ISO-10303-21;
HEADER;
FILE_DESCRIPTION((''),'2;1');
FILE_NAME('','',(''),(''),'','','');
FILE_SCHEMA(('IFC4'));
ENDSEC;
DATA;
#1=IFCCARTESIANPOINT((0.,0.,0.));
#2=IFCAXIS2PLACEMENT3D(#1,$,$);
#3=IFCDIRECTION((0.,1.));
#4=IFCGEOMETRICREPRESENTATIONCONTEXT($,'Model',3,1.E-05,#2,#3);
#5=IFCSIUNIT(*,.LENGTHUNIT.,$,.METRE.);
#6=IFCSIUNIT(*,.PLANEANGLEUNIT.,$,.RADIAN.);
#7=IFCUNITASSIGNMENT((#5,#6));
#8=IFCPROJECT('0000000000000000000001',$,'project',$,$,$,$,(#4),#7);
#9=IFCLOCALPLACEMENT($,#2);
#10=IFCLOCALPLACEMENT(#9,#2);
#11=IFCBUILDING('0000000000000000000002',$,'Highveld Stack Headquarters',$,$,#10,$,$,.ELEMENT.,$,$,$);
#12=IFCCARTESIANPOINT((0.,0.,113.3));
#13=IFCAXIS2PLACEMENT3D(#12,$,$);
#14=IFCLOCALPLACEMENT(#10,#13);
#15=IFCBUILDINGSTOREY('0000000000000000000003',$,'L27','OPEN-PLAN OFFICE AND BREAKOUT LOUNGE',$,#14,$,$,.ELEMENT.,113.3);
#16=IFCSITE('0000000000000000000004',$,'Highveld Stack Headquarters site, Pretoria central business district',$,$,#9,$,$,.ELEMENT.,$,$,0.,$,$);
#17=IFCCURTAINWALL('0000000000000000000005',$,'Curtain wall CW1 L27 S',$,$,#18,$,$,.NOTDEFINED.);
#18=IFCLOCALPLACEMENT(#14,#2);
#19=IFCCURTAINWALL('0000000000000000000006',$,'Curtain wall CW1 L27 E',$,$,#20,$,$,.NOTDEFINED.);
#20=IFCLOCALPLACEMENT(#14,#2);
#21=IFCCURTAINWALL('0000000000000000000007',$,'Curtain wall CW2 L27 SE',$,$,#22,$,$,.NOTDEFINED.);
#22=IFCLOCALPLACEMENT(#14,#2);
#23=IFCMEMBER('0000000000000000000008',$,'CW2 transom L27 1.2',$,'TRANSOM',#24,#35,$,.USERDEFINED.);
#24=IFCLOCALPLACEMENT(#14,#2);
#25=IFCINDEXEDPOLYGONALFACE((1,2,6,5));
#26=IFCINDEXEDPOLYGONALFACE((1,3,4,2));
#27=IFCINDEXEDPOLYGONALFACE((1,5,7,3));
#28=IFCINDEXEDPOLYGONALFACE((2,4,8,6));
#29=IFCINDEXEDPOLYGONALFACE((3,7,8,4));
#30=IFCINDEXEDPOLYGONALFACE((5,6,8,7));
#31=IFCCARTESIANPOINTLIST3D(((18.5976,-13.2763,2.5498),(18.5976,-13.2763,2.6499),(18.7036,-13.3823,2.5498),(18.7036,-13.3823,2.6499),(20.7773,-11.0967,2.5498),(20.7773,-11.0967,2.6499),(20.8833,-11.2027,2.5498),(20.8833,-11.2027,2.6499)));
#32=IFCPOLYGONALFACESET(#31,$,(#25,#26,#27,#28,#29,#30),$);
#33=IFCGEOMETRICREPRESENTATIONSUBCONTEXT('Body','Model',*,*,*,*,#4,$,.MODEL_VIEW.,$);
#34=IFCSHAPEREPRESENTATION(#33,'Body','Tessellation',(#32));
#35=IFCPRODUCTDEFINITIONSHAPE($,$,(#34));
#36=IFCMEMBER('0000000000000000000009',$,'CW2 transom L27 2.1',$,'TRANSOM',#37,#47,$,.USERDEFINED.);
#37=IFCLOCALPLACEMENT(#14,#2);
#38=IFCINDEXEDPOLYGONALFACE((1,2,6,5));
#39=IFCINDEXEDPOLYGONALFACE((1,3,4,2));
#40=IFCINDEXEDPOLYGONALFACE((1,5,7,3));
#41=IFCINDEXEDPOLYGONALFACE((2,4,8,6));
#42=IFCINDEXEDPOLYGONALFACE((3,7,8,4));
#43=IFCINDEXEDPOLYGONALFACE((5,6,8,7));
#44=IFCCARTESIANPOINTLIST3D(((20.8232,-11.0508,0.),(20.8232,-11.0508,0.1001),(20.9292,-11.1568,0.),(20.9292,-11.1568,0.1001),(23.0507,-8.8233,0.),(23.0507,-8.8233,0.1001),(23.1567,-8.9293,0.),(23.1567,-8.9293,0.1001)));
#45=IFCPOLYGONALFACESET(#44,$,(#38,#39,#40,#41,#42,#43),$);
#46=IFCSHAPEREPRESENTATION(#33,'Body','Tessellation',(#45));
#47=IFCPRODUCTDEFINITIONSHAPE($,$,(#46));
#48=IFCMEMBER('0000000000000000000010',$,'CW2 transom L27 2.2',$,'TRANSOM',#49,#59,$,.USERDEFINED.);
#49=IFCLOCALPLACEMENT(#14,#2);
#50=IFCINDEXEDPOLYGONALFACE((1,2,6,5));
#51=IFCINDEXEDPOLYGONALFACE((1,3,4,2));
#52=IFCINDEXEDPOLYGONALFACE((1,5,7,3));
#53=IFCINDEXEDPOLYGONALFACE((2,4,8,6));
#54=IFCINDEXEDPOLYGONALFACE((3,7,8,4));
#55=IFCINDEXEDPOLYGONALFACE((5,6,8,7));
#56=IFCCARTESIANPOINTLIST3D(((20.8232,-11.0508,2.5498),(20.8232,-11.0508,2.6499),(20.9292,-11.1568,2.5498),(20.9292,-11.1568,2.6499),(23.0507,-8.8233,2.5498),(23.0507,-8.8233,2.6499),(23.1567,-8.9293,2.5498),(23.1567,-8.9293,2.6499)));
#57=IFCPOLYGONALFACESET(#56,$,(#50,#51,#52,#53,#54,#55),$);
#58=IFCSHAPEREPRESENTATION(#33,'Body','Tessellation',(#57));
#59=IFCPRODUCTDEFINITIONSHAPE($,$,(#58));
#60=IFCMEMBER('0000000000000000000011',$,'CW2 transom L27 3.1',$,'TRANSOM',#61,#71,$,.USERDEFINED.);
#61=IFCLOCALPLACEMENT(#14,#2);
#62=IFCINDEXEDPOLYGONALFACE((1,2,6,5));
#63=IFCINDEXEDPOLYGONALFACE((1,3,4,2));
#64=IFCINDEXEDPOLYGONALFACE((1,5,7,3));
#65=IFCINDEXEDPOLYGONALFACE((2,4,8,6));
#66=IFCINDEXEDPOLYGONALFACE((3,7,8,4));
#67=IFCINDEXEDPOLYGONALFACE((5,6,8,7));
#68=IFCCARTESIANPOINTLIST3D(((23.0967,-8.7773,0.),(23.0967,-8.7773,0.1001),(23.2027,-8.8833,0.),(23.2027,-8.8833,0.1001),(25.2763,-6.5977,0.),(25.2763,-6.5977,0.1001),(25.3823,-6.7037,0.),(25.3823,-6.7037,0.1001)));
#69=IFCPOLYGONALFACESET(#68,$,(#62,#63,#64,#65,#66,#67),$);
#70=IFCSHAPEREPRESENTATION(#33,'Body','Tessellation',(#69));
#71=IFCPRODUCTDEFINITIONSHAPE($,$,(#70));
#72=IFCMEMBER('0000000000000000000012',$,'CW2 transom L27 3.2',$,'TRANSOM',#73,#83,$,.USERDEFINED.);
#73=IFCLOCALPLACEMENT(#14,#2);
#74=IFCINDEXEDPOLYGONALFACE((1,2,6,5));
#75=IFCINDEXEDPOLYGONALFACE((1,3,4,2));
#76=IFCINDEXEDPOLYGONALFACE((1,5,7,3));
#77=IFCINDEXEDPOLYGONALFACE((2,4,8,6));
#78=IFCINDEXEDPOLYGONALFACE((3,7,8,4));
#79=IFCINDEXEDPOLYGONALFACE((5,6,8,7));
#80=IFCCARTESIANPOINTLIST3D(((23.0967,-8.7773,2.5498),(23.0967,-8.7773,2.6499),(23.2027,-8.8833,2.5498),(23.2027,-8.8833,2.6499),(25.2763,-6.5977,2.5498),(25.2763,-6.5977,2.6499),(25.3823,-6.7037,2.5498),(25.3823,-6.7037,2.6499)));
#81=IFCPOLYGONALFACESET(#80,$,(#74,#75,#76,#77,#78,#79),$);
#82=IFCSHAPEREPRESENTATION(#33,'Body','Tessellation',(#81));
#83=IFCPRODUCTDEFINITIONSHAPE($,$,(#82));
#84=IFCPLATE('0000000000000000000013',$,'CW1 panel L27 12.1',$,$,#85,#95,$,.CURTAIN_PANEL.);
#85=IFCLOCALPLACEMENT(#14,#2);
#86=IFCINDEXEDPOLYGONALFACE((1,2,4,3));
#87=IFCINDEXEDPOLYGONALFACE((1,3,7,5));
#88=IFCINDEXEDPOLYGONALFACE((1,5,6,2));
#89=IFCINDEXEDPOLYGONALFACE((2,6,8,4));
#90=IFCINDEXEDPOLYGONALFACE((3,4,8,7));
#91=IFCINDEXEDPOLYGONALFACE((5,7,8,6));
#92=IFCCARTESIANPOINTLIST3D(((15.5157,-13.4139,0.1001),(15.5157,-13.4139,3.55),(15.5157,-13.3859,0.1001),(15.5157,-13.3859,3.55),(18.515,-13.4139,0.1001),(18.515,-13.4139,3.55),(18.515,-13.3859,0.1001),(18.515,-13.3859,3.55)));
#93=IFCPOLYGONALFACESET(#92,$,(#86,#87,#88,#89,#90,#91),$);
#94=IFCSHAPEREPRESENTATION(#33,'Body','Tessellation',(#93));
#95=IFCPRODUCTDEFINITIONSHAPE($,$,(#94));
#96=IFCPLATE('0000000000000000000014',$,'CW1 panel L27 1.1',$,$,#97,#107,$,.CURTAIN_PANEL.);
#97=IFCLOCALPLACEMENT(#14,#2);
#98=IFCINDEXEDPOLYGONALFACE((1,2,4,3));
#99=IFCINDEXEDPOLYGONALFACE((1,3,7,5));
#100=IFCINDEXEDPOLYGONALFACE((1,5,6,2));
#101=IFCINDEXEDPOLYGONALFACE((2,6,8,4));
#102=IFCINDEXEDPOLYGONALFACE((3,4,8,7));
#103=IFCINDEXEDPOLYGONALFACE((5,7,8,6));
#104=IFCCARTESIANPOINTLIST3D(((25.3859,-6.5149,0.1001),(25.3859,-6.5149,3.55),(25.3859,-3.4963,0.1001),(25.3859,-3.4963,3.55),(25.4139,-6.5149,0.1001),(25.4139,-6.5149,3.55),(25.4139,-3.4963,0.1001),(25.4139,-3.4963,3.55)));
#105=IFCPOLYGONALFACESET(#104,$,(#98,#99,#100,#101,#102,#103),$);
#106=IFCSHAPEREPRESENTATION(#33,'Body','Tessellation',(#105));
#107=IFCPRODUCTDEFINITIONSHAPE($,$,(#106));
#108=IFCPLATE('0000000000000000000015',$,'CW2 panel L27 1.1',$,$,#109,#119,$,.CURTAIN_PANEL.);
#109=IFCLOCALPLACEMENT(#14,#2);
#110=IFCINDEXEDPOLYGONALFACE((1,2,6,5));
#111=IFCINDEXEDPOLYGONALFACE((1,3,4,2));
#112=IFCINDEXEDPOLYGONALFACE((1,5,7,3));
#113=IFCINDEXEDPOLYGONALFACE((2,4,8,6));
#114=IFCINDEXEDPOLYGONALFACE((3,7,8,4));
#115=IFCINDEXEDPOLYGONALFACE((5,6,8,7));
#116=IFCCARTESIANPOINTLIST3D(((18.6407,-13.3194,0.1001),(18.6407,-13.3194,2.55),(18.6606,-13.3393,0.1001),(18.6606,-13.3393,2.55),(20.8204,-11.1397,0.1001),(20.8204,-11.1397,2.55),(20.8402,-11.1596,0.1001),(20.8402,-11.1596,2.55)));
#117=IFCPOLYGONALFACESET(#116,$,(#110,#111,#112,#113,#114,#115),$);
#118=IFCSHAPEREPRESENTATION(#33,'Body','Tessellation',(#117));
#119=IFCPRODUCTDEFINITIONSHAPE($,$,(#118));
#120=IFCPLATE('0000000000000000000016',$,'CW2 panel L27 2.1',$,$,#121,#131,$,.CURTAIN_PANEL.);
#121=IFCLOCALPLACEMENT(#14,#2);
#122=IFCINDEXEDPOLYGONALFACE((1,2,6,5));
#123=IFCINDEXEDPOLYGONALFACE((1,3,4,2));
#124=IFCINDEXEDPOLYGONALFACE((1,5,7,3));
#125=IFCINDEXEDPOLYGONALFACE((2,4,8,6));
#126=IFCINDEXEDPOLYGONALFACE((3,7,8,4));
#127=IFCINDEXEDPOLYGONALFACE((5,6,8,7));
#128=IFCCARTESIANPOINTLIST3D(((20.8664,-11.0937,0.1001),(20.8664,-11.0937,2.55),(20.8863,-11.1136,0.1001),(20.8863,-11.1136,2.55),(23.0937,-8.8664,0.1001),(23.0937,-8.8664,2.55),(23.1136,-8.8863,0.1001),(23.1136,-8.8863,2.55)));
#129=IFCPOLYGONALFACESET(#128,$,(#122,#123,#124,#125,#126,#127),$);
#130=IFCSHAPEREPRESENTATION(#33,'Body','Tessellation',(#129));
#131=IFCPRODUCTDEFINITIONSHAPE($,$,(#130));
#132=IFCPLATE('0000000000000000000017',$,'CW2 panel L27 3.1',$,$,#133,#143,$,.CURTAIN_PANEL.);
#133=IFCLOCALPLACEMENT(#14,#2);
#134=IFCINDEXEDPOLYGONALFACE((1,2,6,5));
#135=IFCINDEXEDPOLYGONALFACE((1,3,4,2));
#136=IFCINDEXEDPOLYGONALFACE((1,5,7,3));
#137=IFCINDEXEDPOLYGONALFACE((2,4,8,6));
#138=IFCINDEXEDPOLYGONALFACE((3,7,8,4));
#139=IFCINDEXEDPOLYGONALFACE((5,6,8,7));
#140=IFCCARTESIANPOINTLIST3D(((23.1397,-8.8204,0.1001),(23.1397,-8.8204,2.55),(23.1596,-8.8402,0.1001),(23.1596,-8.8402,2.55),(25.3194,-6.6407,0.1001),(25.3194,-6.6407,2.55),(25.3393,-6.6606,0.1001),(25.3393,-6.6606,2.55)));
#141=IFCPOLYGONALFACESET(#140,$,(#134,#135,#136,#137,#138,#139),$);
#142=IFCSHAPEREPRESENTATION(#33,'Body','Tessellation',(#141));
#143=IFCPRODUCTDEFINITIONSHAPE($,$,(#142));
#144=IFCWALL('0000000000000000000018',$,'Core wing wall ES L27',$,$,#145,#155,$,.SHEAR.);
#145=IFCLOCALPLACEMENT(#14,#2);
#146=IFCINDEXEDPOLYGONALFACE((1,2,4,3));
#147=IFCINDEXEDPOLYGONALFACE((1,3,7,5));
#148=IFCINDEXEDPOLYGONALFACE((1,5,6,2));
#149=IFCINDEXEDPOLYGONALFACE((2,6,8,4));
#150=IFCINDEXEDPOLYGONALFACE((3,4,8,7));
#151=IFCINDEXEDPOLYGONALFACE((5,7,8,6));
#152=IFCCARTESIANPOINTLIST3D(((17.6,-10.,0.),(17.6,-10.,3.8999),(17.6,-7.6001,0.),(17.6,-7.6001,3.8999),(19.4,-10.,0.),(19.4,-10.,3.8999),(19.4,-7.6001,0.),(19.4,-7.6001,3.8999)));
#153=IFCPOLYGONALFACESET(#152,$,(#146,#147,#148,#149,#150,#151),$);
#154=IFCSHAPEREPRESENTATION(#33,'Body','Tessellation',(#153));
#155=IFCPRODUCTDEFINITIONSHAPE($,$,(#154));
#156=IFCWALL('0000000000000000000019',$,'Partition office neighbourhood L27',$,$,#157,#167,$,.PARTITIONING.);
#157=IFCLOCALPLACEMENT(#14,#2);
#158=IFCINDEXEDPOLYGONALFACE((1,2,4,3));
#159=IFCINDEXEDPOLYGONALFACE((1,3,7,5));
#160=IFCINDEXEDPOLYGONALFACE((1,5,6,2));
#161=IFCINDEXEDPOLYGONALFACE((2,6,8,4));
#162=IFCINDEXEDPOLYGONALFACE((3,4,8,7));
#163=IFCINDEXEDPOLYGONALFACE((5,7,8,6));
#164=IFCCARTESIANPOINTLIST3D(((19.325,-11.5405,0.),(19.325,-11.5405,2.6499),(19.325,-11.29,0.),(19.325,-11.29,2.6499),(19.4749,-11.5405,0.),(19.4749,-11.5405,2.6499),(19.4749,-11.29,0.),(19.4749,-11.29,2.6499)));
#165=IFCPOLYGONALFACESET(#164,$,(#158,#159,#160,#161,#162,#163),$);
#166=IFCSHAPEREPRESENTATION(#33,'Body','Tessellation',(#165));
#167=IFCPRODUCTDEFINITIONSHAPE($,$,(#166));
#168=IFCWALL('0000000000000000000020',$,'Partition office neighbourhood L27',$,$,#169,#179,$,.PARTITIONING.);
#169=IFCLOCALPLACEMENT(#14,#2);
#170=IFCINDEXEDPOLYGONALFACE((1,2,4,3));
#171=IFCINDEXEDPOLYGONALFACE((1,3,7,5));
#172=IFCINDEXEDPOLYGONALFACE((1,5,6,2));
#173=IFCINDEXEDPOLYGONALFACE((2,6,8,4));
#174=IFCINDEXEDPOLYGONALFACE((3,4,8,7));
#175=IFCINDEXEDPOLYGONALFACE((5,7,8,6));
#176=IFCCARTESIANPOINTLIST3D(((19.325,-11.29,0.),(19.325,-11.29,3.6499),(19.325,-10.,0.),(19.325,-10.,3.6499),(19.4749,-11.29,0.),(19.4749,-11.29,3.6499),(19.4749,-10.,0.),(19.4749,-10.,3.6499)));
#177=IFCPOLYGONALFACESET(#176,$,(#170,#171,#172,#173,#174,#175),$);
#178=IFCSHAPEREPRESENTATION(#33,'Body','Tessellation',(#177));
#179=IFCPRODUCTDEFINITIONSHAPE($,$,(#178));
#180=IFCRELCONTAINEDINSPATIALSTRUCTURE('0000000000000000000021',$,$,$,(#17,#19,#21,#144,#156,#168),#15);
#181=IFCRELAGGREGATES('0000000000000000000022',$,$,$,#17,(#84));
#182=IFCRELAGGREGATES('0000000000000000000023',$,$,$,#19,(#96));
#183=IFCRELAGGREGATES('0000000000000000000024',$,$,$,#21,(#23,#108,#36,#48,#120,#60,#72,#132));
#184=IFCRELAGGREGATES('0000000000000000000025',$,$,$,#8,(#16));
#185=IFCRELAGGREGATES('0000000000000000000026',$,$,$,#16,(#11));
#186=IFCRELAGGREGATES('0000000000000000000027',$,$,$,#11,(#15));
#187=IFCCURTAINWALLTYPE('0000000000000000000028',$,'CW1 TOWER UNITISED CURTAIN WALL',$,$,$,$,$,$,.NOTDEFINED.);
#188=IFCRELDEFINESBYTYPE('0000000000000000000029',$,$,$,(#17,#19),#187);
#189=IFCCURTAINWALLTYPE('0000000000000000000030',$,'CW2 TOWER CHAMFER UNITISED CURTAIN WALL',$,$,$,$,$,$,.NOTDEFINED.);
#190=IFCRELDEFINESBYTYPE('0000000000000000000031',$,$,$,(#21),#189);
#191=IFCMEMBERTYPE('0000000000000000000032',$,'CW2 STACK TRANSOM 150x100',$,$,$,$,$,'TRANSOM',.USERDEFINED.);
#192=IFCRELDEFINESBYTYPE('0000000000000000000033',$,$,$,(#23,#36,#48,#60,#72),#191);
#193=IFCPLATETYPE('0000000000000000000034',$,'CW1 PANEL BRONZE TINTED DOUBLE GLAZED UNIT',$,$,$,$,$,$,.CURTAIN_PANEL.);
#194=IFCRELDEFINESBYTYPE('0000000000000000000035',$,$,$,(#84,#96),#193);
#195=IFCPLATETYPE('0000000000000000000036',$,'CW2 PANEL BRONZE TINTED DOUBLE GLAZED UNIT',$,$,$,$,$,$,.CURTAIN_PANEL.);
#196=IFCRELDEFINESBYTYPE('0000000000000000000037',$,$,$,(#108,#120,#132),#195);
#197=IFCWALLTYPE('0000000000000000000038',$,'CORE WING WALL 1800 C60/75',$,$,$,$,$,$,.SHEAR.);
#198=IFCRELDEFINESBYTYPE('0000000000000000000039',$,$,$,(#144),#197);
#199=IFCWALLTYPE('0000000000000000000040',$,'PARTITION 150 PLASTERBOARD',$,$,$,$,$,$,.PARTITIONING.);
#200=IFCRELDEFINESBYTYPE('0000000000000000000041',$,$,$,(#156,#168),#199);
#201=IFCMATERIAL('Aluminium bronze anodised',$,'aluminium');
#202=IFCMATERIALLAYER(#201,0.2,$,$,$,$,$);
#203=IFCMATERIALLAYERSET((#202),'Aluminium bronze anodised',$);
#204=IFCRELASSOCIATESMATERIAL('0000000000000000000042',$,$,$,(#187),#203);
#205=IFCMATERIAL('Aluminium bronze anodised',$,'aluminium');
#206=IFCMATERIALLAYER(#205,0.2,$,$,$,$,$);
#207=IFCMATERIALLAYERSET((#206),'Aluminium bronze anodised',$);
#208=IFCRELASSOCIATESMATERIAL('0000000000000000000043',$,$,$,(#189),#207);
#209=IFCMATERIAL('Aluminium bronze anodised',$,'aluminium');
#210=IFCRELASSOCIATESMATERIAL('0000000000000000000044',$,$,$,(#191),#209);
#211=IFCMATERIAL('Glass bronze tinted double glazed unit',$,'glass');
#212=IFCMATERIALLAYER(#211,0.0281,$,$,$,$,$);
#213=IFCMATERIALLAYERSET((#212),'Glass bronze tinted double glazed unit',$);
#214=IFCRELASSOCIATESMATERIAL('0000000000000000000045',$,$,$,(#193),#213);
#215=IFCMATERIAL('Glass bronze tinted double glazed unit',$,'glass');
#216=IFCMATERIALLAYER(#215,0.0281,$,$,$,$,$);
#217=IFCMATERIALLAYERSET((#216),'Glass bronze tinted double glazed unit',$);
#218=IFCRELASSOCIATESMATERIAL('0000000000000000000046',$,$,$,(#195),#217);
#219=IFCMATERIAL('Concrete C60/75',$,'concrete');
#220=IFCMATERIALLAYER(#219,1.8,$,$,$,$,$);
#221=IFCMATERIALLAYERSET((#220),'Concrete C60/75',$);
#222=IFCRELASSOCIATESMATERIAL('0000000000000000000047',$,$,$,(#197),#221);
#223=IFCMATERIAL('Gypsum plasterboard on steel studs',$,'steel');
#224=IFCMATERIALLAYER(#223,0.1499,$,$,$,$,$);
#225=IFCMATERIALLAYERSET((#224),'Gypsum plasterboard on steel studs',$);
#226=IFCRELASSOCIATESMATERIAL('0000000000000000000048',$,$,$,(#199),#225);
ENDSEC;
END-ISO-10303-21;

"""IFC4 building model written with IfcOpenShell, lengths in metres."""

from ifc_helpers import new_model, si_unit, direction, frame, frame_2d, origin, origin_2d, place, context, subcontext, project, spatial, rectangle, extrude, material, layer, layer_set, material_profile, profile_set, type_object, element, aggregate, save


model = new_model("IFC4")

# Units and contexts
model_context = context("Model", 3, precision=1e-05, world=origin(), true_north=direction((0.0, 1.0)))
body_context = subcontext(model_context, "Body", "Model", "MODEL_VIEW")
ifc_project = project(units=[si_unit("LENGTHUNIT", "METRE"), si_unit("PLANEANGLEUNIT", "RADIAN")], contexts=[model_context])

# Site, building, storey
site_placement = place(None, origin())
site = spatial("IfcSite", under=ifc_project, at=site_placement, Name="Highveld Stack Headquarters site, Pretoria central business district", CompositionType="ELEMENT", RefElevation=0.0)
building_placement = place(site_placement, origin())
building = spatial("IfcBuilding", under=site, at=building_placement, Name="Highveld Stack Headquarters", CompositionType="ELEMENT")
storey_placement = place(building_placement, frame((0.0, 0.0, 113.3)))
storey = spatial("IfcBuildingStorey", under=building, at=storey_placement, Name="L27", Description="OPEN-PLAN OFFICE AND BREAKOUT LOUNGE", CompositionType="ELEMENT", Elevation=113.3)

# Curtain walls
ifc_material_1 = material(Name="Aluminium bronze anodised", Category="aluminium")
ifc_layer_1 = layer(ifc_material_1, 0.2)
ifc_layer_set_1 = layer_set([ifc_layer_1], Name="Aluminium bronze anodised")
curtain_wall_type_1 = type_object("IfcCurtainWallType", Name="CW1 TOWER UNITISED CURTAIN WALL", PredefinedType="NOTDEFINED", material=ifc_layer_set_1)
curtain_wall_1_placement = place(storey_placement, origin())
curtain_wall_1 = element("IfcCurtainWall", 1, at=curtain_wall_1_placement, inside=storey, type_object=curtain_wall_type_1, Name="Curtain wall CW1 L27 S", PredefinedType="NOTDEFINED")
curtain_wall_2_placement = place(storey_placement, origin())
curtain_wall_2 = element("IfcCurtainWall", 2, at=curtain_wall_2_placement, inside=storey, type_object=curtain_wall_type_1, Name="Curtain wall CW1 L27 E", PredefinedType="NOTDEFINED")

# Curtain wall, members
ifc_material_2 = material(Name="Aluminium bronze anodised", Category="aluminium")
ifc_layer_2 = layer(ifc_material_2, 0.2)
ifc_layer_set_2 = layer_set([ifc_layer_2], Name="Aluminium bronze anodised")
curtain_wall_type_2 = type_object("IfcCurtainWallType", Name="CW2 TOWER CHAMFER UNITISED CURTAIN WALL", PredefinedType="NOTDEFINED", material=ifc_layer_set_2)
curtain_wall_3_placement = place(storey_placement, origin())
curtain_wall_3 = element("IfcCurtainWall", 3, at=curtain_wall_3_placement, inside=storey, type_object=curtain_wall_type_2, Name="Curtain wall CW2 L27 SE", PredefinedType="NOTDEFINED")
ifc_material_3 = material(Name="Aluminium bronze anodised", Category="aluminium")
ifc_material_profile_1 = material_profile(ifc_material_3, rectangle(XDim=0.1499, YDim=0.1001, at=origin_2d()), Name="CW2 TRANSOM 150x100")
ifc_profile_set_1 = profile_set([ifc_material_profile_1], Name="Aluminium bronze anodised")
member_type_1 = type_object("IfcMemberType", Name="CW2 STACK TRANSOM 150x100", ElementType="TRANSOM", PredefinedType="USERDEFINED", material=ifc_profile_set_1)
member_1_placement = place(storey_placement, frame((18.6506, -13.3293, 2.5999), z_axis=(0.707107, 0.707107, 0.0), x_axis=(-0.707107, 0.707107, 0.0)))
member_1 = element("IfcMember", 4, at=member_1_placement, type_object=member_type_1, Name="CW2 transom L27 1.2", ObjectType="TRANSOM", PredefinedType="USERDEFINED", context=body_context, shape_type="SweptSolid", body=[
    extrude(rectangle(XDim=0.1499, YDim=0.1001, at=origin_2d()), origin(), (0.0, 0.0, 1.0), 3.0825),
])
member_2_placement = place(storey_placement, frame((20.8762, -11.1038, 0.05), z_axis=(0.707107, 0.707107, 0.0), x_axis=(-0.707107, 0.707107, 0.0)))
member_2 = element("IfcMember", 5, at=member_2_placement, type_object=member_type_1, Name="CW2 transom L27 2.1", ObjectType="TRANSOM", PredefinedType="USERDEFINED", context=body_context, shape_type="SweptSolid", body=[
    extrude(rectangle(XDim=0.1499, YDim=0.1001, at=origin_2d()), origin(), (0.0, 0.0, 1.0), 3.1501),
])
member_3_placement = place(storey_placement, frame((20.8762, -11.1038, 2.5999), z_axis=(0.707107, 0.707107, 0.0), x_axis=(-0.707107, 0.707107, 0.0)))
member_3 = element("IfcMember", 6, at=member_3_placement, type_object=member_type_1, Name="CW2 transom L27 2.2", ObjectType="TRANSOM", PredefinedType="USERDEFINED", context=body_context, shape_type="SweptSolid", body=[
    extrude(rectangle(XDim=0.1499, YDim=0.1001, at=origin_2d()), origin(), (0.0, 0.0, 1.0), 3.1501),
])
member_4_placement = place(storey_placement, frame((23.1497, -8.8303, 0.05), z_axis=(0.707107, 0.707107, 0.0), x_axis=(-0.707107, 0.707107, 0.0)))
member_4 = element("IfcMember", 7, at=member_4_placement, type_object=member_type_1, Name="CW2 transom L27 3.1", ObjectType="TRANSOM", PredefinedType="USERDEFINED", context=body_context, shape_type="SweptSolid", body=[
    extrude(rectangle(XDim=0.1499, YDim=0.1001, at=origin_2d()), origin(), (0.0, 0.0, 1.0), 3.0825),
])
member_5_placement = place(storey_placement, frame((23.1497, -8.8303, 2.5999), z_axis=(0.707107, 0.707107, 0.0), x_axis=(-0.707107, 0.707107, 0.0)))
member_5 = element("IfcMember", 8, at=member_5_placement, type_object=member_type_1, Name="CW2 transom L27 3.2", ObjectType="TRANSOM", PredefinedType="USERDEFINED", context=body_context, shape_type="SweptSolid", body=[
    extrude(rectangle(XDim=0.1499, YDim=0.1001, at=origin_2d()), origin(), (0.0, 0.0, 1.0), 3.0825),
])

# Plates
ifc_material_4 = material(Name="Glass bronze tinted double glazed unit", Category="glass")
ifc_layer_3 = layer(ifc_material_4, 0.0281)
ifc_layer_set_3 = layer_set([ifc_layer_3], Name="Glass bronze tinted double glazed unit")
plate_type_1 = type_object("IfcPlateType", Name="CW1 PANEL BRONZE TINTED DOUBLE GLAZED UNIT", PredefinedType="CURTAIN_PANEL", material=ifc_layer_set_3)
plate_1_placement = place(storey_placement, frame((17.0154, -13.3999, 0.1001), z_axis=(0.0, 0.0, 1.0), x_axis=(1.0, 0.0, 0.0)))
plate_1 = element("IfcPlate", 9, at=plate_1_placement, type_object=plate_type_1, Name="CW1 panel L27 12.1", PredefinedType="CURTAIN_PANEL", context=body_context, shape_type="SweptSolid", body=[
    extrude(rectangle(XDim=2.9993, YDim=0.0281, at=origin_2d()), origin(), (0.0, 0.0, 1.0), 3.45),
])
aggregate(curtain_wall_1, [plate_1])
plate_2_placement = place(storey_placement, frame((25.3999, -5.0056, 0.1001), z_axis=(0.0, 0.0, 1.0), x_axis=(0.0, 1.0, 0.0)))
plate_2 = element("IfcPlate", 10, at=plate_2_placement, type_object=plate_type_1, Name="CW1 panel L27 1.1", PredefinedType="CURTAIN_PANEL", context=body_context, shape_type="SweptSolid", body=[
    extrude(rectangle(XDim=3.0186, YDim=0.0281, at=origin_2d()), origin(), (0.0, 0.0, 1.0), 3.45),
])
aggregate(curtain_wall_2, [plate_2])
ifc_material_5 = material(Name="Glass bronze tinted double glazed unit", Category="glass")
ifc_layer_4 = layer(ifc_material_5, 0.0281)
ifc_layer_set_4 = layer_set([ifc_layer_4], Name="Glass bronze tinted double glazed unit")
plate_type_2 = type_object("IfcPlateType", Name="CW2 PANEL BRONZE TINTED DOUBLE GLAZED UNIT", PredefinedType="CURTAIN_PANEL", material=ifc_layer_set_4)
plate_3_placement = place(storey_placement, frame((19.7405, -12.2395, 0.1001), z_axis=(0.0, 0.0, 1.0), x_axis=(0.707107, 0.707107, 0.0)))
plate_3 = element("IfcPlate", 11, at=plate_3_placement, type_object=plate_type_2, Name="CW2 panel L27 1.1", PredefinedType="CURTAIN_PANEL", context=body_context, shape_type="SweptSolid", body=[
    extrude(rectangle(XDim=3.0825, YDim=0.0281, at=origin_2d()), origin(), (0.0, 0.0, 1.0), 2.45),
])
plate_4_placement = place(storey_placement, frame((21.99, -9.99, 0.1001), z_axis=(0.0, 0.0, 1.0), x_axis=(0.707107, 0.707107, 0.0)))
plate_4 = element("IfcPlate", 12, at=plate_4_placement, type_object=plate_type_2, Name="CW2 panel L27 2.1", PredefinedType="CURTAIN_PANEL", context=body_context, shape_type="SweptSolid", body=[
    extrude(rectangle(XDim=3.1499, YDim=0.0281, at=origin_2d()), origin(), (0.0, 0.0, 1.0), 2.45),
])
plate_5_placement = place(storey_placement, frame((24.2395, -7.7405, 0.1001), z_axis=(0.0, 0.0, 1.0), x_axis=(0.707107, 0.707107, 0.0)))
plate_5 = element("IfcPlate", 13, at=plate_5_placement, type_object=plate_type_2, Name="CW2 panel L27 3.1", PredefinedType="CURTAIN_PANEL", context=body_context, shape_type="SweptSolid", body=[
    extrude(rectangle(XDim=3.0825, YDim=0.0281, at=origin_2d()), origin(), (0.0, 0.0, 1.0), 2.45),
])
aggregate(curtain_wall_3, [member_1, plate_3, member_2, member_3, plate_4, member_4, member_5, plate_5])

# Walls
ifc_material_6 = material(Name="Concrete C60/75", Category="concrete")
ifc_layer_5 = layer(ifc_material_6, 1.8)
ifc_layer_set_5 = layer_set([ifc_layer_5], Name="Concrete C60/75")
wall_type_1 = type_object("IfcWallType", Name="CORE WING WALL 1800 C60/75", PredefinedType="SHEAR", material=ifc_layer_set_5)
wall_1_placement = place(storey_placement, frame((18.5, -10.0, 0.0), z_axis=(0.0, 0.0, 1.0), x_axis=(0.0, 1.0, 0.0)))
element("IfcWall", 14, at=wall_1_placement, inside=storey, type_object=wall_type_1, Name="Core wing wall ES L27", PredefinedType="SHEAR", context=body_context, shape_type="SweptSolid", body=[
    extrude(rectangle(XDim=2.3999, YDim=1.8, at=frame_2d((1.2, 0.0))), origin(), (0.0, 0.0, 1.0), 3.8999),
])
ifc_material_7 = material(Name="Gypsum plasterboard on steel studs", Category="steel")
ifc_layer_6 = layer(ifc_material_7, 0.1499)
ifc_layer_set_6 = layer_set([ifc_layer_6], Name="Gypsum plasterboard on steel studs")
wall_type_2 = type_object("IfcWallType", Name="PARTITION 150 PLASTERBOARD", PredefinedType="PARTITIONING", material=ifc_layer_set_6)
wall_2_placement = place(storey_placement, frame((19.3999, -11.5405, 0.0), z_axis=(0.0, 0.0, 1.0), x_axis=(0.0, 1.0, 0.0)))
element("IfcWall", 15, at=wall_2_placement, inside=storey, type_object=wall_type_2, Name="Partition office neighbourhood L27", PredefinedType="PARTITIONING", context=body_context, shape_type="SweptSolid", body=[
    extrude(rectangle(XDim=0.2505, YDim=0.1499, at=frame_2d((0.1252, 0.0))), origin(), (0.0, 0.0, 1.0), 2.6499),
])
wall_3_placement = place(storey_placement, frame((19.3999, -11.29, 0.0), z_axis=(0.0, 0.0, 1.0), x_axis=(0.0, 1.0, 0.0)))
element("IfcWall", 16, at=wall_3_placement, inside=storey, type_object=wall_type_2, Name="Partition office neighbourhood L27", PredefinedType="PARTITIONING", context=body_context, shape_type="SweptSolid", body=[
    extrude(rectangle(XDim=1.29, YDim=0.1499, at=frame_2d((0.645, 0.0))), origin(), (0.0, 0.0, 1.0), 3.6499),
])

save(model, "model.ifc")
